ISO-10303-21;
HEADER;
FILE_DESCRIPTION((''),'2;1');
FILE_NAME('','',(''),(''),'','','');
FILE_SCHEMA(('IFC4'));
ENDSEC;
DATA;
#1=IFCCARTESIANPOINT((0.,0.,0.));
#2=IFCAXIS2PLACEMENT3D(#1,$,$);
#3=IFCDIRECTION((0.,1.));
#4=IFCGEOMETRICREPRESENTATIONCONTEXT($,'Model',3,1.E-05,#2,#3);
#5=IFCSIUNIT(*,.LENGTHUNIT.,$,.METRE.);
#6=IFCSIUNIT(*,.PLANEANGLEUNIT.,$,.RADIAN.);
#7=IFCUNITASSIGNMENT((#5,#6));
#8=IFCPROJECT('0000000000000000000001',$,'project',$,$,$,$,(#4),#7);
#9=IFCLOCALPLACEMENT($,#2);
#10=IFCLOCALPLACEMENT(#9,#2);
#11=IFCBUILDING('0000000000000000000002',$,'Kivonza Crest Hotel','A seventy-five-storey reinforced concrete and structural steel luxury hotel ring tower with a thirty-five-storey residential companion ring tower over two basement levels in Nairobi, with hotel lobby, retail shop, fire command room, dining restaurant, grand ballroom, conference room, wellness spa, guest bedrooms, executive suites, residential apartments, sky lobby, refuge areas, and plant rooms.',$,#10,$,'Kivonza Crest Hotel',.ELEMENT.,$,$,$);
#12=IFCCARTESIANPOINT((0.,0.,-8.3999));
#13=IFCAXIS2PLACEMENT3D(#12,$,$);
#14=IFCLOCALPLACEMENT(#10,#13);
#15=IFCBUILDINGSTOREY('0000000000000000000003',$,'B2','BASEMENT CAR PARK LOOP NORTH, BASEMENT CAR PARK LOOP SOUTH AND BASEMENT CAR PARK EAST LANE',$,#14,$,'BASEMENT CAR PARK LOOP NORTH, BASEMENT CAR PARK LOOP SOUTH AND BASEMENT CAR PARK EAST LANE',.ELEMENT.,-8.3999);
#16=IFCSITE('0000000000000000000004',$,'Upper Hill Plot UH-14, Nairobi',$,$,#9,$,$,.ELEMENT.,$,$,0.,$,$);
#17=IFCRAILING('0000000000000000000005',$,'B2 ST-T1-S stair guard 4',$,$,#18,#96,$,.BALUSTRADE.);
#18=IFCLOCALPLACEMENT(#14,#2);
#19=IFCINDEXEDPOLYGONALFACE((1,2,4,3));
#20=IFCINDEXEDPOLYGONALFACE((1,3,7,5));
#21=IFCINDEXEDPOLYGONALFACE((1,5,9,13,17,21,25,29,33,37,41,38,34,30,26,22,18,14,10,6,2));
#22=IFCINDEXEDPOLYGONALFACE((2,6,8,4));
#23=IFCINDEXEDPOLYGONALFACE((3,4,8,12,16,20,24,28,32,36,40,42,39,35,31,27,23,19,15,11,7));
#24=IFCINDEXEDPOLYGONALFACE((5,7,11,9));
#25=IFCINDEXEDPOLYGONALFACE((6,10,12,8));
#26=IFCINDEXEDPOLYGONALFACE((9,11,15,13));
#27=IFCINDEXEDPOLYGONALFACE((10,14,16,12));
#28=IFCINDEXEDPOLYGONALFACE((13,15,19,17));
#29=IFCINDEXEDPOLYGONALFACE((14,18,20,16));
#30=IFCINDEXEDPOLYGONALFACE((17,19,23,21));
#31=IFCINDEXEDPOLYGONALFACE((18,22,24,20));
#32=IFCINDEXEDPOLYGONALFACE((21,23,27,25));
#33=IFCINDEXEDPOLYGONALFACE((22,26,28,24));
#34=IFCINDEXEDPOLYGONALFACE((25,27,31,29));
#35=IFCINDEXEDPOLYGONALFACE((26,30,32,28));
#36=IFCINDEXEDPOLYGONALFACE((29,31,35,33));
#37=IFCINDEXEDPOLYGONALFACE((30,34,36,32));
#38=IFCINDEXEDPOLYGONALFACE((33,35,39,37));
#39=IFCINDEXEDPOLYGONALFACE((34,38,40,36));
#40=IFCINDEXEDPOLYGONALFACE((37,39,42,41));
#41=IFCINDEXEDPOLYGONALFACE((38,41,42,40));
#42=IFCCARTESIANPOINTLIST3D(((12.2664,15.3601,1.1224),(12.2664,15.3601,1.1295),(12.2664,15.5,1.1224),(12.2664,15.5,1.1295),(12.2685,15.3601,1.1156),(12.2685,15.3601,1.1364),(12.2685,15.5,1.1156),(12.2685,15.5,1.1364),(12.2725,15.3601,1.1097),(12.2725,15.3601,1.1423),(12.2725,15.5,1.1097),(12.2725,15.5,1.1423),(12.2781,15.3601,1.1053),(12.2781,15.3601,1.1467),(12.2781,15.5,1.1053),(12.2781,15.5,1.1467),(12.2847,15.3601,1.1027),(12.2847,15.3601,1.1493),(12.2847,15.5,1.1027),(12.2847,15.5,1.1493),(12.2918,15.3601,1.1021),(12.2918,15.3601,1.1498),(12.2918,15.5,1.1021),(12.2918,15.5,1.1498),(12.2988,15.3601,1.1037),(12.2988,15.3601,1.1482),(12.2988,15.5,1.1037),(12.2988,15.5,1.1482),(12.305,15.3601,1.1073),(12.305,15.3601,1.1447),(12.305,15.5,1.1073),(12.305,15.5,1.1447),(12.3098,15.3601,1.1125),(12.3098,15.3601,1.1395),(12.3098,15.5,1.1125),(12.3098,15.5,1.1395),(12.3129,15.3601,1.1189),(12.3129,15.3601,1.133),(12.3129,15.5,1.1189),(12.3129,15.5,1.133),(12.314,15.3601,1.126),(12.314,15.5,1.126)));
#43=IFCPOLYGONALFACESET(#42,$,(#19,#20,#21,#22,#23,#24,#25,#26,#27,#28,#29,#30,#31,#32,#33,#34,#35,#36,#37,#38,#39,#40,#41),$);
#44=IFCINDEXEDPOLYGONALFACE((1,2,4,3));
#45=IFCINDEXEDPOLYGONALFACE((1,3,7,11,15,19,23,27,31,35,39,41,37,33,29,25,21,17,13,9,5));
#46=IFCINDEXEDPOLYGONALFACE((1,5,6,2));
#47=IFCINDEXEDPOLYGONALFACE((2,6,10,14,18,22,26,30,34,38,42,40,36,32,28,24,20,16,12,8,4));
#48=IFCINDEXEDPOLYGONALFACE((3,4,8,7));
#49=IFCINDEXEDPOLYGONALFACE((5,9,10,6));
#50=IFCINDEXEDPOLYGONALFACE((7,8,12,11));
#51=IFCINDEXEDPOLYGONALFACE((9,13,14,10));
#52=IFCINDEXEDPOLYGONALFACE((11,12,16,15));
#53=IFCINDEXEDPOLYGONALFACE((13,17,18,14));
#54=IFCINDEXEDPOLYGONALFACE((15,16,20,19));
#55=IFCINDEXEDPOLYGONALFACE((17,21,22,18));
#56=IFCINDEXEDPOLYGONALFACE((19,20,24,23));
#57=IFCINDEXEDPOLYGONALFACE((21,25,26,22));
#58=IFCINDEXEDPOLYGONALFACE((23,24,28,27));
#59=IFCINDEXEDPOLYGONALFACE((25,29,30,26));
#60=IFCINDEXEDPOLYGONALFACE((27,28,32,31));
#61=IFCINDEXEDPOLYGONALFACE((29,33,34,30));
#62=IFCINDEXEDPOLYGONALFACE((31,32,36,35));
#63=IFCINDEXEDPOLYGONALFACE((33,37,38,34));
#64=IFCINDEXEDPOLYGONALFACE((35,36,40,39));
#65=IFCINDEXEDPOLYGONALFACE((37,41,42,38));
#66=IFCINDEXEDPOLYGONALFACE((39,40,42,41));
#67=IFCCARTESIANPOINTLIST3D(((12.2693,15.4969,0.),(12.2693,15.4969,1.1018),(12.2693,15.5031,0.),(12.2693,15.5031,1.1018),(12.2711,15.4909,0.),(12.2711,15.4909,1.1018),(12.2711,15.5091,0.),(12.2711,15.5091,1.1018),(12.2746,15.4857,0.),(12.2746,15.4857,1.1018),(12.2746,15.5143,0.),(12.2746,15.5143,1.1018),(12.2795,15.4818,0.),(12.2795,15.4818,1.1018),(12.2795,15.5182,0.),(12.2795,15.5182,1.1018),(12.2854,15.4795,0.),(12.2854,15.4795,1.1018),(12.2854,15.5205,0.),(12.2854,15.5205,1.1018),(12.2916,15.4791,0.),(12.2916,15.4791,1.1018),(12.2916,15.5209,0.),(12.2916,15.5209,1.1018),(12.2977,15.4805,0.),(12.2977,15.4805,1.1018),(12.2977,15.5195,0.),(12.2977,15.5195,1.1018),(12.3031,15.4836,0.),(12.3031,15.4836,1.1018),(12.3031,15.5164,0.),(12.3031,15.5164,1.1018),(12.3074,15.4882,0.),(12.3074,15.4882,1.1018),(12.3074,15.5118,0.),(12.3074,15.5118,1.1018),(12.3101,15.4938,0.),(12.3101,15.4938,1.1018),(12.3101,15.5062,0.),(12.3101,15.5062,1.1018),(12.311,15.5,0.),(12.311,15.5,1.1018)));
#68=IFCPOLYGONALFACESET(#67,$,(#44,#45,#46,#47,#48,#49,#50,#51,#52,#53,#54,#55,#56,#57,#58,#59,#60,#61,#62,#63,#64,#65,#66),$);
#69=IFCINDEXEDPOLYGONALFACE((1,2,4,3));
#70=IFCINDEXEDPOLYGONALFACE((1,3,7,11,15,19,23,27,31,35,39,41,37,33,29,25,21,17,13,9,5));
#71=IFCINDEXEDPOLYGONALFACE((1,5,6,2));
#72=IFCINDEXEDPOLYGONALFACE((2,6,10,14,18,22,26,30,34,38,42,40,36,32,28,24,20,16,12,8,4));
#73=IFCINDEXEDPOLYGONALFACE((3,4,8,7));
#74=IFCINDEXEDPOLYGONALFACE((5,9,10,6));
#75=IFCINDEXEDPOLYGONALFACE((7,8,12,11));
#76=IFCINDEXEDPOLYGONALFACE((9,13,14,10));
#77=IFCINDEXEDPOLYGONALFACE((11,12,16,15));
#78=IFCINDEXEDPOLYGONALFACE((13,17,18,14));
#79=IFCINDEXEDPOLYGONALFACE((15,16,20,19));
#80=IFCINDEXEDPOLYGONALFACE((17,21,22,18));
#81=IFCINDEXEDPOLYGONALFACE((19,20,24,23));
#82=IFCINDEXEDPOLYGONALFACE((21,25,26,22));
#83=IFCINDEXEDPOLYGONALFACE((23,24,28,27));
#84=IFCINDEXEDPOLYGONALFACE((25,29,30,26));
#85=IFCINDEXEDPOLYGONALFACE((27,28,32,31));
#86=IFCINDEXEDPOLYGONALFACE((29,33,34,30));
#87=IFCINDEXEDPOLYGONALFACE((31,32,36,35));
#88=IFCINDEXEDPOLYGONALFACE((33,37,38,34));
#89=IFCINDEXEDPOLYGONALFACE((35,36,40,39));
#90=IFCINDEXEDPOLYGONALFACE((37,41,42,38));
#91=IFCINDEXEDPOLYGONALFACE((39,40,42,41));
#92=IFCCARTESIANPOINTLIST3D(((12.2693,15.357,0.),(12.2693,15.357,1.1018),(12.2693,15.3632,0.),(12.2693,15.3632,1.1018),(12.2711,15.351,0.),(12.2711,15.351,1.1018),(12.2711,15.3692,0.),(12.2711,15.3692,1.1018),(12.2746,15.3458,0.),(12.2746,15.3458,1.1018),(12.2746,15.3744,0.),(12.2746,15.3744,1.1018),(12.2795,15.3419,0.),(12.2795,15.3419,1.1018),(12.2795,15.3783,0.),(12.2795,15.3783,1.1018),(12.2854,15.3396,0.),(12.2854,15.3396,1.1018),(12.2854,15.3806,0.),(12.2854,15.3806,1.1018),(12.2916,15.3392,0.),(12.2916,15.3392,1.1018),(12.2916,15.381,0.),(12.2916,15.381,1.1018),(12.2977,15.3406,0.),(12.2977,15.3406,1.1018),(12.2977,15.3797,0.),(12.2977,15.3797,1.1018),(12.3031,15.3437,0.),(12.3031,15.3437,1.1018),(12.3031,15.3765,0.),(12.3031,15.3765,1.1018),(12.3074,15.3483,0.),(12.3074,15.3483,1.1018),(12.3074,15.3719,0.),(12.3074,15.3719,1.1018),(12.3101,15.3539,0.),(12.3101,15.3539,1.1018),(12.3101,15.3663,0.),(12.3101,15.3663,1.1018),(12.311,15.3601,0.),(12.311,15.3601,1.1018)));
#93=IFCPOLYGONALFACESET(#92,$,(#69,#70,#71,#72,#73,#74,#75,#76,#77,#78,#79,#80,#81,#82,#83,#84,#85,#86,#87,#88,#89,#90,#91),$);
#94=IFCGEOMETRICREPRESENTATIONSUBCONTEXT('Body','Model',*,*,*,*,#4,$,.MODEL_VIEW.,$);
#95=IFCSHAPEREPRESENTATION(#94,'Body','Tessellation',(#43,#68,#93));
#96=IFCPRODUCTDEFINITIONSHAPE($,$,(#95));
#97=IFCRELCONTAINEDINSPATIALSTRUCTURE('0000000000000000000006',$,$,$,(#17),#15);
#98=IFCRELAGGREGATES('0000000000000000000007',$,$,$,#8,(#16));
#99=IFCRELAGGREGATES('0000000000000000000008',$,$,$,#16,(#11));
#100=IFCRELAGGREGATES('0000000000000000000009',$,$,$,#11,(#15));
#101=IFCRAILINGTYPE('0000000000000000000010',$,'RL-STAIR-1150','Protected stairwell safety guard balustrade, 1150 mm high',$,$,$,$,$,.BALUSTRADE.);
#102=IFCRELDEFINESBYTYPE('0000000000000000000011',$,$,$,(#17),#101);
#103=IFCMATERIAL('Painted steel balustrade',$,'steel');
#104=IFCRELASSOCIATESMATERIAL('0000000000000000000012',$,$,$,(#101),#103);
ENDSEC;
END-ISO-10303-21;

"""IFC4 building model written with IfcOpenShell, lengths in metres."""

from ifc_helpers import new_model, si_unit, direction, frame, origin, origin_2d, place, context, subcontext, project, spatial, circle, extrude, material, type_object, element, save


model = new_model("IFC4")

# Units and contexts
model_context = context("Model", 3, precision=1e-05, world=origin(), true_north=direction((0.0, 1.0)))
body_context = subcontext(model_context, "Body", "Model", "MODEL_VIEW")
ifc_project = project(units=[si_unit("LENGTHUNIT", "METRE"), si_unit("PLANEANGLEUNIT", "RADIAN")], contexts=[model_context])

# Site, building, storey
site_placement = place(None, origin())
site = spatial("IfcSite", under=ifc_project, at=site_placement, Name="Upper Hill Plot UH-14, Nairobi", CompositionType="ELEMENT", RefElevation=0.0)
building_placement = place(site_placement, origin())
building = spatial("IfcBuilding", under=site, at=building_placement, Name="Kivonza Crest Hotel", Description="A seventy-five-storey reinforced concrete and structural steel luxury hotel ring tower with a thirty-five-storey residential companion ring tower over two basement levels in Nairobi, with hotel lobby, retail shop, fire command room, dining restaurant, grand ballroom, conference room, wellness spa, guest bedrooms, executive suites, residential apartments, sky lobby, refuge areas, and plant rooms.", LongName="Kivonza Crest Hotel", CompositionType="ELEMENT")
storey_placement = place(building_placement, frame((0.0, 0.0, -8.3999)))
storey = spatial("IfcBuildingStorey", under=building, at=storey_placement, Name="B2", Description="BASEMENT CAR PARK LOOP NORTH, BASEMENT CAR PARK LOOP SOUTH AND BASEMENT CAR PARK EAST LANE", LongName="BASEMENT CAR PARK LOOP NORTH, BASEMENT CAR PARK LOOP SOUTH AND BASEMENT CAR PARK EAST LANE", CompositionType="ELEMENT", Elevation=-8.3999)

# Railing
ifc_material_1 = material(Name="Painted steel balustrade", Category="steel")
railing_type_1 = type_object("IfcRailingType", Name="RL-STAIR-1150", Description="Protected stairwell safety guard balustrade, 1150 mm high", PredefinedType="BALUSTRADE", material=ifc_material_1)
railing_1_placement = place(storey_placement, frame((12.29, 15.5, 0.0)))
element("IfcRailing", 1, at=railing_1_placement, inside=storey, type_object=railing_type_1, Name="B2 ST-T1-S stair guard 4", PredefinedType="BALUSTRADE", context=body_context, shape_type="SweptSolid", body=[
    extrude(circle(Radius=0.0239, at=origin_2d()), frame((0.0, 0.0, 1.126), z_axis=(0.0, -1.0, 0.0), x_axis=(1.0, 0.0, 0.0)), (0.0, 0.0, 1.0), 0.1399),
    extrude(circle(Radius=0.021, at=origin_2d()), origin(), (0.0, 0.0, 1.0), 1.1018),
    extrude(circle(Radius=0.021, at=origin_2d()), frame((0.0, -0.1399, 0.0)), (0.0, 0.0, 1.0), 1.1018),
])

save(model, "model.ifc")
